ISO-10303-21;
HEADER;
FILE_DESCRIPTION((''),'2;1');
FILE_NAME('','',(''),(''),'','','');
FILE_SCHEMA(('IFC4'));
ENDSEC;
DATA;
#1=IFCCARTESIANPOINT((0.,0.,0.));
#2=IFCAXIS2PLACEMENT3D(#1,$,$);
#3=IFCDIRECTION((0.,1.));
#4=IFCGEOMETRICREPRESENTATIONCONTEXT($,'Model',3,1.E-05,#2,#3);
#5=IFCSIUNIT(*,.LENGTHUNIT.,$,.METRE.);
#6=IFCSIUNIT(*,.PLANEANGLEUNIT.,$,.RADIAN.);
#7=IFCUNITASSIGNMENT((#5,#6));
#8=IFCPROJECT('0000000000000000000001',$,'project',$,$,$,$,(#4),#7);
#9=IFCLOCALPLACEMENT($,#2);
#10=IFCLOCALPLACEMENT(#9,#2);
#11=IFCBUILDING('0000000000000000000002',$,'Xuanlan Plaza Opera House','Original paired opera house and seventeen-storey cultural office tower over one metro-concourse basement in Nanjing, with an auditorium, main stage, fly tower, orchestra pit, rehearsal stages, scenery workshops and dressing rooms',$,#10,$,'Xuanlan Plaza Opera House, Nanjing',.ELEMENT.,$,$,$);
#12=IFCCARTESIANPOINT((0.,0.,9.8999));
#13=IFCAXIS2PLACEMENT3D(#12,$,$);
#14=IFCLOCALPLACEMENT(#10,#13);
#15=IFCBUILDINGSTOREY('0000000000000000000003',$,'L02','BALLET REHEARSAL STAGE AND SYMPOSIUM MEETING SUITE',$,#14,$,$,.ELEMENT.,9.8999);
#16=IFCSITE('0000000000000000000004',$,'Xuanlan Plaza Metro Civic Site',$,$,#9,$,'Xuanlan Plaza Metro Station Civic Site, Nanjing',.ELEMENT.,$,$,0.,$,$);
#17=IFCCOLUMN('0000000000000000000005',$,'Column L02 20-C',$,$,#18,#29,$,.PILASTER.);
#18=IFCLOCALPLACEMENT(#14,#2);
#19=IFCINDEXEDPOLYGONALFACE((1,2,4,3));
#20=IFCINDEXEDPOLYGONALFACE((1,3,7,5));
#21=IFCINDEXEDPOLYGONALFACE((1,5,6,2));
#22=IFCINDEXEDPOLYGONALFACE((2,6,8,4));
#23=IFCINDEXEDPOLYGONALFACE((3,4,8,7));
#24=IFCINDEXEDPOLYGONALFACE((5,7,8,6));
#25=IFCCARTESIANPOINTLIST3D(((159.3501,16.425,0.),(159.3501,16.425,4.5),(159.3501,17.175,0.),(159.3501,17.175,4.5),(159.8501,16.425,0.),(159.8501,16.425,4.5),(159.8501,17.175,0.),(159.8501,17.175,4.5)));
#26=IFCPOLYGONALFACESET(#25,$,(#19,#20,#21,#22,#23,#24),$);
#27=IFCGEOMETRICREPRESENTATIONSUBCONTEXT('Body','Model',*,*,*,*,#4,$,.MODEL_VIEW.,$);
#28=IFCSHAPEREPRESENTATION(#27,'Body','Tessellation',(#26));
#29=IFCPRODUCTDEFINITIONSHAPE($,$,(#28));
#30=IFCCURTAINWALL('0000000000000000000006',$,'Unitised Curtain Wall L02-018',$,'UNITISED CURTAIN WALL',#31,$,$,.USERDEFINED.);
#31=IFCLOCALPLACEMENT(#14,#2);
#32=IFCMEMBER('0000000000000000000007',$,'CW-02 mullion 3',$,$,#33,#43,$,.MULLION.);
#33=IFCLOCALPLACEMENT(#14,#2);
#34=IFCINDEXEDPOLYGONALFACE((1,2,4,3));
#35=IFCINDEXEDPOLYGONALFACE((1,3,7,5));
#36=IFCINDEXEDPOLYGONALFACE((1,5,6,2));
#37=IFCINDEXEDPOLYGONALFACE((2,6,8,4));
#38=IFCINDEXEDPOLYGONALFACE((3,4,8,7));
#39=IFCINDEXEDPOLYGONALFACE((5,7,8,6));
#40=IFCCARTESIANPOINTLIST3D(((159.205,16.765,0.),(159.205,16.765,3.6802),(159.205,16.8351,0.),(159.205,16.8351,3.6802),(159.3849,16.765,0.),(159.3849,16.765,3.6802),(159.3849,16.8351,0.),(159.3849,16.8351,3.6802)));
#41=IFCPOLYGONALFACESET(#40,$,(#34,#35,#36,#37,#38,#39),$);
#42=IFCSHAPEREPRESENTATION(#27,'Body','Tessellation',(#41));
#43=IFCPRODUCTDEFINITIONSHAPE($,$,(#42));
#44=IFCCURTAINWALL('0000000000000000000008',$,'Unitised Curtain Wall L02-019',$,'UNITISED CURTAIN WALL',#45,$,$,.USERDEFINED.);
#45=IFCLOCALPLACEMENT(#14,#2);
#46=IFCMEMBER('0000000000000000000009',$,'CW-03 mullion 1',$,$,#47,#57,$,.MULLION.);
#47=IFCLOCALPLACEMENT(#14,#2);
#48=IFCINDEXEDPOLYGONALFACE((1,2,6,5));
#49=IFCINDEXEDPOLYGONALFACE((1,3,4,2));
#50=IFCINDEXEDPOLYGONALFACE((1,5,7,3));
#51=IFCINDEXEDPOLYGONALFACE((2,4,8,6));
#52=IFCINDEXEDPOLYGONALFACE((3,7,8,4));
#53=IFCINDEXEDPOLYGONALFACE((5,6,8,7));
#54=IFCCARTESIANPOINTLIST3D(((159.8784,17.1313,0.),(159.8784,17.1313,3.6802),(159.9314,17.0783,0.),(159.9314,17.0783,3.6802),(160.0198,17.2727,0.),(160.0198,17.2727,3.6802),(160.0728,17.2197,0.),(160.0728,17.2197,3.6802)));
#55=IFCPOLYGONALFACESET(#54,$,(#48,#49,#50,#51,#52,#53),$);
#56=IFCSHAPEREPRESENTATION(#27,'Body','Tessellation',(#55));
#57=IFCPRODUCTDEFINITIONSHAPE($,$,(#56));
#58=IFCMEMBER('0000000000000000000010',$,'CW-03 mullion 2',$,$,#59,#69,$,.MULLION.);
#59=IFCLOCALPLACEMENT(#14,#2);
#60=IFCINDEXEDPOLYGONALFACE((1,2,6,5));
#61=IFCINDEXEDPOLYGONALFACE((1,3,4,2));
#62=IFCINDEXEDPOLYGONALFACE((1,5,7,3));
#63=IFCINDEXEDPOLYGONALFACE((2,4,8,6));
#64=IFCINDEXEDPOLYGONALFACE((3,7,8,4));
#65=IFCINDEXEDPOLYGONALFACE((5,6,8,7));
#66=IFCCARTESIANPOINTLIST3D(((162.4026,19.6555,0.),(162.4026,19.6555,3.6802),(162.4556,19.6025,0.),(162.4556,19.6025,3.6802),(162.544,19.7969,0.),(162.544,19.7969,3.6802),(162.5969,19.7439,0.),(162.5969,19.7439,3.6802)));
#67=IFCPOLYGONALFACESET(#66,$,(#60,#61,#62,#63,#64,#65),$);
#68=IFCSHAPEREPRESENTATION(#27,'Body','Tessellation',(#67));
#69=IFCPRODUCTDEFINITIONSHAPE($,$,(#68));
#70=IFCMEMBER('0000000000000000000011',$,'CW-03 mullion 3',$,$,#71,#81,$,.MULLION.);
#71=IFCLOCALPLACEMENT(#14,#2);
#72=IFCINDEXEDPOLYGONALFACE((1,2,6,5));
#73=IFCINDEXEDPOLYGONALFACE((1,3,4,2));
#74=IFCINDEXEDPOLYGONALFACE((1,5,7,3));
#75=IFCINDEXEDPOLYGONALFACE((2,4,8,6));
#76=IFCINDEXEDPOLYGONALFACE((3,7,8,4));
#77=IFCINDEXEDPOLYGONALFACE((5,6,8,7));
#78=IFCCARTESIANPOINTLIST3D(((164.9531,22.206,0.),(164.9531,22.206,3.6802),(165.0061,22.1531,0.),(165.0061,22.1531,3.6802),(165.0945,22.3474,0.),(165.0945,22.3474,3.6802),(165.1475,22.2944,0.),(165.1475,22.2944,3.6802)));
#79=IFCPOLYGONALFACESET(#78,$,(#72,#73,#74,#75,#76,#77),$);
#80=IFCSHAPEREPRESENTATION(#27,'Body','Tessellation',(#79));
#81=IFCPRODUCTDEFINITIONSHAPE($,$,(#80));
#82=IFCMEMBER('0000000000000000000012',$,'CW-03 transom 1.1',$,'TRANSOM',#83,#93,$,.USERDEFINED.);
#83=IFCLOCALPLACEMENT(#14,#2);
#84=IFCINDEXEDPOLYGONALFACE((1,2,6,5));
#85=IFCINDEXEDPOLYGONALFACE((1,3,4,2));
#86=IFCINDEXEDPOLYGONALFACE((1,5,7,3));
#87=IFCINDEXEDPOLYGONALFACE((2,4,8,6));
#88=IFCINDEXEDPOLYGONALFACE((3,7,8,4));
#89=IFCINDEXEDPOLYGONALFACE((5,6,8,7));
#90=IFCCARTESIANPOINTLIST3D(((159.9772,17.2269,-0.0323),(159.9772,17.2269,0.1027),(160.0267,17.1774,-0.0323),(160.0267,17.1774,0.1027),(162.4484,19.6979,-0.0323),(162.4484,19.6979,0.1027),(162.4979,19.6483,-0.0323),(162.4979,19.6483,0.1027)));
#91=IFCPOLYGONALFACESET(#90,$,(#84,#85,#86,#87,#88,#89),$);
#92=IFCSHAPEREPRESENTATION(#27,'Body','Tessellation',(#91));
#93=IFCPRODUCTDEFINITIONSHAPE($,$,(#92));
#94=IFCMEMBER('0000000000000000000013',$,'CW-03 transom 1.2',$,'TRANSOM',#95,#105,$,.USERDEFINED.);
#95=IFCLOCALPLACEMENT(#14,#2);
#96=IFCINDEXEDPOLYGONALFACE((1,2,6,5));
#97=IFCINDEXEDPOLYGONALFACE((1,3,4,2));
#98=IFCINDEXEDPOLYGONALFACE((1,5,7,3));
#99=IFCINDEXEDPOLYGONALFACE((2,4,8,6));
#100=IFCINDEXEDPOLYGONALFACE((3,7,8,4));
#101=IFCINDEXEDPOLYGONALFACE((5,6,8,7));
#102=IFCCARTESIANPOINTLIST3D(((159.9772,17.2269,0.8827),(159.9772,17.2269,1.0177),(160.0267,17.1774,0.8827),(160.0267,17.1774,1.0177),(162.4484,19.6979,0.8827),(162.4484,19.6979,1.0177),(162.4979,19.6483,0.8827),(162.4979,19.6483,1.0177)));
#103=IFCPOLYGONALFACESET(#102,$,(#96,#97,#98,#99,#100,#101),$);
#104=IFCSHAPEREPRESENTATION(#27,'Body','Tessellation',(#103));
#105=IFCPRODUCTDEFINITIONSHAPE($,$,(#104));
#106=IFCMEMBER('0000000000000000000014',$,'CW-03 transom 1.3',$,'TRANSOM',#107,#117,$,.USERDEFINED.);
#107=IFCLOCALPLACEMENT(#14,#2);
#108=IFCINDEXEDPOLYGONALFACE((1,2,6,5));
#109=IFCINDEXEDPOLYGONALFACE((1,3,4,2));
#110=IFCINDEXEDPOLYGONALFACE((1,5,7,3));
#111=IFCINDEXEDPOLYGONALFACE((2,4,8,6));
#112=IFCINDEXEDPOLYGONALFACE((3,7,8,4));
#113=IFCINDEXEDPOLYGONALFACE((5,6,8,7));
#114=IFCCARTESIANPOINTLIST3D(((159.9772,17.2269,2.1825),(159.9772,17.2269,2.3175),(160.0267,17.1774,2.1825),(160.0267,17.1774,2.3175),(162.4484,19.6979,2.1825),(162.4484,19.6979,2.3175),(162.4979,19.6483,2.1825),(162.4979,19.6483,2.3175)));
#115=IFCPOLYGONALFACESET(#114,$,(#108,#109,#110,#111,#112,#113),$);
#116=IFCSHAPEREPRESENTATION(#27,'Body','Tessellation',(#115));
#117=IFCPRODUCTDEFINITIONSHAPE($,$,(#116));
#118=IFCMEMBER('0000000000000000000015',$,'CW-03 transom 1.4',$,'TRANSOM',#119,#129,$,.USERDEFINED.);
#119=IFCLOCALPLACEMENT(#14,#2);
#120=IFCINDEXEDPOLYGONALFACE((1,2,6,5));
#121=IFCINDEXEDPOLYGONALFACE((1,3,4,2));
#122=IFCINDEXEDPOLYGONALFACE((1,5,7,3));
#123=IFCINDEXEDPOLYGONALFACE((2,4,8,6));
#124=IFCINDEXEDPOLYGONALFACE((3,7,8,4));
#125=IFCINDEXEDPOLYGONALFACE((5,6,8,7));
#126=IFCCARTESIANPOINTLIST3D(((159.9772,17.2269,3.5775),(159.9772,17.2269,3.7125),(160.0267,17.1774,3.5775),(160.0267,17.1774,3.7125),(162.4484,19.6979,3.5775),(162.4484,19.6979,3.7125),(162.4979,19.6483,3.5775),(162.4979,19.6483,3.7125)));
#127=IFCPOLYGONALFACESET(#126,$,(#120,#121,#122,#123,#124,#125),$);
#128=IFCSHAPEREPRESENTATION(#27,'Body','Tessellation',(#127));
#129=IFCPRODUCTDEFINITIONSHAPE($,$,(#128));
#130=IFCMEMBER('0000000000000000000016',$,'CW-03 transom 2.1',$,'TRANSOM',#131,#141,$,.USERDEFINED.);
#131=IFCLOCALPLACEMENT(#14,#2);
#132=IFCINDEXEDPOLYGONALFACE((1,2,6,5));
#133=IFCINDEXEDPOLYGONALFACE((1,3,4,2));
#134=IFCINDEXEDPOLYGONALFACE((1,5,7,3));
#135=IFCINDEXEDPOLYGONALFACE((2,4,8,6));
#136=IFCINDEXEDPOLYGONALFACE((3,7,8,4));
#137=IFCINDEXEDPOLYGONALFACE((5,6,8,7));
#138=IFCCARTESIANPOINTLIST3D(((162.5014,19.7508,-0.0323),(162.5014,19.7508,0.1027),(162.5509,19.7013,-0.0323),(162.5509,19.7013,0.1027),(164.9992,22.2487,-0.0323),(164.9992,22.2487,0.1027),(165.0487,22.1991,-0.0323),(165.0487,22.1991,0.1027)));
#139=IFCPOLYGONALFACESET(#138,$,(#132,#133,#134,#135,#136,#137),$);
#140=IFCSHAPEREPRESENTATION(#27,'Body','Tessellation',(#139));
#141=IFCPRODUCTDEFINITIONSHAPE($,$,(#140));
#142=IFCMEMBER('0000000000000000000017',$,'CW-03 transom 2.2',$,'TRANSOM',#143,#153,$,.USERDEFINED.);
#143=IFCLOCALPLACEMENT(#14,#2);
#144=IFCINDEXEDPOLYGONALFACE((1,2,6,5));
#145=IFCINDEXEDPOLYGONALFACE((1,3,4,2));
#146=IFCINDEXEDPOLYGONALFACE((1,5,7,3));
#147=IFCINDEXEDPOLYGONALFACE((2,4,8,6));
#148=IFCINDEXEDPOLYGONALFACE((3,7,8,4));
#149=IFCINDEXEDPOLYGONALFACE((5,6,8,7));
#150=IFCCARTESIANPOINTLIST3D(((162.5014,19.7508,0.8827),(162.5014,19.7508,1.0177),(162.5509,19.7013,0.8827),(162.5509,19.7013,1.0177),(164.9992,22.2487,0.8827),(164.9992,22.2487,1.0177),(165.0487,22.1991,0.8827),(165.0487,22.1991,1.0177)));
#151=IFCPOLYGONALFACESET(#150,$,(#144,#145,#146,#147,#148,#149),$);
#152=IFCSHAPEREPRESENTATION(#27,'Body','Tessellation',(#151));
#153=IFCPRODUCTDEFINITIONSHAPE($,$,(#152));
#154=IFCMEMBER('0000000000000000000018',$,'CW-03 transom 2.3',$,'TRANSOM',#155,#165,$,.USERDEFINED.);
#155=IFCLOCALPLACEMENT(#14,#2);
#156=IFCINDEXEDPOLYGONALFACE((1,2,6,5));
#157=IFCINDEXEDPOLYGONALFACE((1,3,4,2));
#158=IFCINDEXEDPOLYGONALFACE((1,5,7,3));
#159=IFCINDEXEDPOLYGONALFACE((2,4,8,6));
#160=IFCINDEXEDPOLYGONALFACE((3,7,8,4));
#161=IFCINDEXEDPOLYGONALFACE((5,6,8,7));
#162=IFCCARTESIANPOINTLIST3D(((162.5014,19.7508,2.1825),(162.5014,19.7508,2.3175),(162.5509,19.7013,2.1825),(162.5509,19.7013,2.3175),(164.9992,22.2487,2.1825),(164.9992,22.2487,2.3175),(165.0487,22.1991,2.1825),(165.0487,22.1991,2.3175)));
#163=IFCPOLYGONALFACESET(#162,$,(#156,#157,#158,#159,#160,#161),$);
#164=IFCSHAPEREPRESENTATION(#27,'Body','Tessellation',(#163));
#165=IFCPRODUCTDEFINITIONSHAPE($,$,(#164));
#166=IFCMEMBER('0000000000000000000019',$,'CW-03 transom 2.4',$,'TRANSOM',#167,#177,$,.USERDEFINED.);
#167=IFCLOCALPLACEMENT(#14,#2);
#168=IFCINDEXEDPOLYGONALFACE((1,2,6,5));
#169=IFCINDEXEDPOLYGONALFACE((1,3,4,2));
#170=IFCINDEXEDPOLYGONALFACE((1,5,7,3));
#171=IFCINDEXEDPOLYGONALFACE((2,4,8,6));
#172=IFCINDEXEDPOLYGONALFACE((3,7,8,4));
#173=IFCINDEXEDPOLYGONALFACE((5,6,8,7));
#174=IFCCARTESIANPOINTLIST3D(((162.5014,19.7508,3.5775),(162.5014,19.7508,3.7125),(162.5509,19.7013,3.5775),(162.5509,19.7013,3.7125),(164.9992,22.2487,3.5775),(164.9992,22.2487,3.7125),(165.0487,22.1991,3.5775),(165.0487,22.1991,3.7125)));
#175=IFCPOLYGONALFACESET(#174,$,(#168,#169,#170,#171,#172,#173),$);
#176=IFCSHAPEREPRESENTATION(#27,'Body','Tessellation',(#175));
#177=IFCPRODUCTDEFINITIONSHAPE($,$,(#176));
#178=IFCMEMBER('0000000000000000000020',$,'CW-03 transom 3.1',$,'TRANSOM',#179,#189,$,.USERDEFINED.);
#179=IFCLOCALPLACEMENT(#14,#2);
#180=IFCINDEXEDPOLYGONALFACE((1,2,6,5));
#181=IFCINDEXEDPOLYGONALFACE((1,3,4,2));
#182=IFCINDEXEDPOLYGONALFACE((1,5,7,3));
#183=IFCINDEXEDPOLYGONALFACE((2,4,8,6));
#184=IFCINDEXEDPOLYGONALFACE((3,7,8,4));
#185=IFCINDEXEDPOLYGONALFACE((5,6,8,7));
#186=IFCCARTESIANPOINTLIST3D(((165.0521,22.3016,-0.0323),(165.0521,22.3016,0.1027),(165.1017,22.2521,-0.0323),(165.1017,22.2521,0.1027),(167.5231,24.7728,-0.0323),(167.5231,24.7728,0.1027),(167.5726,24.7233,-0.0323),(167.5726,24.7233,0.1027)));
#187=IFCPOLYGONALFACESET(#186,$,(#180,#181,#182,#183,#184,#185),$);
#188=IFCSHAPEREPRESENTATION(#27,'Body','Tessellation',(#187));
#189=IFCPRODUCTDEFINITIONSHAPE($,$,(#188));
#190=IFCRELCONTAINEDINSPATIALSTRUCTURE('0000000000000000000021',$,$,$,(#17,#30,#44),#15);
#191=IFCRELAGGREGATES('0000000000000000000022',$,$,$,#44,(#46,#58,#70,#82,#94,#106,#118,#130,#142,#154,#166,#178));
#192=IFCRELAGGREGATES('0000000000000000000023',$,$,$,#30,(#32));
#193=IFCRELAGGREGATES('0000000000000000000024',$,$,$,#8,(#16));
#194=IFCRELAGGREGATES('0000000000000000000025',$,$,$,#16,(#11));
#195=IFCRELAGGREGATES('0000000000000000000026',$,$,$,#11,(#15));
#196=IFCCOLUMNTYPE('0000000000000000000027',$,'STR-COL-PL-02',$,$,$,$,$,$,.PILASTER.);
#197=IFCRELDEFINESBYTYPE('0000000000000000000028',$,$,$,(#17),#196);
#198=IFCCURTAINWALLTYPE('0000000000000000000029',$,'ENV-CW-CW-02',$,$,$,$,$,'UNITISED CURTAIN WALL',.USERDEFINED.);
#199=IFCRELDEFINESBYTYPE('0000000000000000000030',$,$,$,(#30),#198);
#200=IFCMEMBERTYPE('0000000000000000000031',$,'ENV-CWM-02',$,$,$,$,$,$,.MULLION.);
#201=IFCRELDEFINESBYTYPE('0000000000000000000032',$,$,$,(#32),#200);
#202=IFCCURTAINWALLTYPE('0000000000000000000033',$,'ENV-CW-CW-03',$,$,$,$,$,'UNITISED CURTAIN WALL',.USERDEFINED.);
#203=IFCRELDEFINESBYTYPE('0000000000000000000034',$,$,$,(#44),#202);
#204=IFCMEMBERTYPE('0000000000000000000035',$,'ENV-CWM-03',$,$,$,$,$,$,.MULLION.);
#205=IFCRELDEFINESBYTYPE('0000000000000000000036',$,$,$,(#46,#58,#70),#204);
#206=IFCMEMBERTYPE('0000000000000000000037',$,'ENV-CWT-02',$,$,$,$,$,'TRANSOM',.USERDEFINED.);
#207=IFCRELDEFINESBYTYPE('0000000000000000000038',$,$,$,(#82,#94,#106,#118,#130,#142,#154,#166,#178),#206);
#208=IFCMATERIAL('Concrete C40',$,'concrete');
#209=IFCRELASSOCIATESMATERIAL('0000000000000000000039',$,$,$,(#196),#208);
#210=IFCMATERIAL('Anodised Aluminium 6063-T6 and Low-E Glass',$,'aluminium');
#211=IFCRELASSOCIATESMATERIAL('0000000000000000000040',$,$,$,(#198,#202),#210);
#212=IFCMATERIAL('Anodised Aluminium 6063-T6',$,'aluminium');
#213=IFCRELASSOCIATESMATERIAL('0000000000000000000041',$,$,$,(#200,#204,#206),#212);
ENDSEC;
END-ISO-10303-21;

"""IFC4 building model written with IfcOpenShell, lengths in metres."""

from ifc_helpers import new_model, si_unit, direction, frame, origin, origin_2d, place, context, subcontext, project, spatial, rectangle, extrude, material, material_profile, profile_set, type_object, element, aggregate, save


model = new_model("IFC4")

# Units and contexts
model_context = context("Model", 3, precision=1e-05, world=origin(), true_north=direction((0.0, 1.0)))
body_context = subcontext(model_context, "Body", "Model", "MODEL_VIEW")
ifc_project = project(units=[si_unit("LENGTHUNIT", "METRE"), si_unit("PLANEANGLEUNIT", "RADIAN")], contexts=[model_context])

# Site, building, storey
site_placement = place(None, origin())
site = spatial("IfcSite", under=ifc_project, at=site_placement, Name="Xuanlan Plaza Metro Civic Site", LongName="Xuanlan Plaza Metro Station Civic Site, Nanjing", CompositionType="ELEMENT", RefElevation=0.0)
building_placement = place(site_placement, origin())
building = spatial("IfcBuilding", under=site, at=building_placement, Name="Xuanlan Plaza Opera House", Description="Original paired opera house and seventeen-storey cultural office tower over one metro-concourse basement in Nanjing, with an auditorium, main stage, fly tower, orchestra pit, rehearsal stages, scenery workshops and dressing rooms", LongName="Xuanlan Plaza Opera House, Nanjing", CompositionType="ELEMENT")
storey_placement = place(building_placement, frame((0.0, 0.0, 9.8999)))
storey = spatial("IfcBuildingStorey", under=building, at=storey_placement, Name="L02", Description="BALLET REHEARSAL STAGE AND SYMPOSIUM MEETING SUITE", CompositionType="ELEMENT", Elevation=9.8999)

# Column
ifc_material_1 = material(Name="Concrete C40", Category="concrete")
ifc_material_profile_1 = material_profile(ifc_material_1, rectangle(XDim=0.5, YDim=0.75, at=origin_2d()), Name="RC-PIL 500x750")
ifc_profile_set_1 = profile_set([ifc_material_profile_1], Name="Concrete C40")
column_type = type_object("IfcColumnType", Name="STR-COL-PL-02", PredefinedType="PILASTER", material=ifc_profile_set_1)
column_placement = place(storey_placement, frame((159.6001, 16.8, 0.0), z_axis=(0.0, 0.0, 1.0), x_axis=(1.0, 0.0, 0.0)))
element("IfcColumn", 1, at=column_placement, inside=storey, type_object=column_type, Name="Column L02 20-C", PredefinedType="PILASTER", context=body_context, shape_type="SweptSolid", body=[
    extrude(rectangle(XDim=0.5, YDim=0.75, at=origin_2d()), origin(), (0.0, 0.0, 1.0), 4.5),
])

# Curtain wall, member
ifc_material_2 = material(Name="Anodised Aluminium 6063-T6 and Low-E Glass", Category="aluminium")
curtain_wall_type_1 = type_object("IfcCurtainWallType", Name="ENV-CW-CW-02", ElementType="UNITISED CURTAIN WALL", PredefinedType="USERDEFINED", material=ifc_material_2)
curtain_wall_1_placement = place(storey_placement, origin())
curtain_wall_1 = element("IfcCurtainWall", 2, at=curtain_wall_1_placement, inside=storey, type_object=curtain_wall_type_1, Name="Unitised Curtain Wall L02-018", ObjectType="UNITISED CURTAIN WALL", PredefinedType="USERDEFINED")
ifc_material_3 = material(Name="Anodised Aluminium 6063-T6", Category="aluminium")
ifc_material_profile_2 = material_profile(ifc_material_3, rectangle(XDim=0.0701, YDim=0.1799, at=origin_2d()), Name="ALU-M 70x180")
ifc_profile_set_2 = profile_set([ifc_material_profile_2], Name="Anodised Aluminium 6063-T6")
member_type_1 = type_object("IfcMemberType", Name="ENV-CWM-02", PredefinedType="MULLION", material=ifc_profile_set_2)
member_1_placement = place(storey_placement, frame((159.2949, 16.8, 0.0), z_axis=(0.0, 0.0, 1.0), x_axis=(0.0, 1.0, 0.0)))
member_1 = element("IfcMember", 3, at=member_1_placement, type_object=member_type_1, Name="CW-02 mullion 3", PredefinedType="MULLION", context=body_context, shape_type="SweptSolid", body=[
    extrude(rectangle(XDim=0.0701, YDim=0.1799, at=origin_2d()), origin(), (0.0, 0.0, 1.0), 3.6802),
])

# Curtain wall, members
curtain_wall_type_2 = type_object("IfcCurtainWallType", Name="ENV-CW-CW-03", ElementType="UNITISED CURTAIN WALL", PredefinedType="USERDEFINED", material=ifc_material_2)
curtain_wall_2_placement = place(storey_placement, origin())
curtain_wall_2 = element("IfcCurtainWall", 4, at=curtain_wall_2_placement, inside=storey, type_object=curtain_wall_type_2, Name="Unitised Curtain Wall L02-019", ObjectType="UNITISED CURTAIN WALL", PredefinedType="USERDEFINED")
ifc_material_profile_3 = material_profile(ifc_material_3, rectangle(XDim=0.075, YDim=0.2, at=origin_2d()), Name="ALU-M 75x200")
ifc_profile_set_3 = profile_set([ifc_material_profile_3], Name="Anodised Aluminium 6063-T6")
member_type_2 = type_object("IfcMemberType", Name="ENV-CWM-03", PredefinedType="MULLION", material=ifc_profile_set_3)
member_2_placement = place(storey_placement, frame((159.9756, 17.1755, 0.0), z_axis=(0.0, 0.0, 1.0), x_axis=(-0.707107, 0.707107, 0.0)))
member_2 = element("IfcMember", 5, at=member_2_placement, type_object=member_type_2, Name="CW-03 mullion 1", PredefinedType="MULLION", context=body_context, shape_type="SweptSolid", body=[
    extrude(rectangle(XDim=0.075, YDim=0.2, at=origin_2d()), origin(), (0.0, 0.0, 1.0), 3.6802),
])
member_3_placement = place(storey_placement, frame((162.4998, 19.6997, 0.0), z_axis=(0.0, 0.0, 1.0), x_axis=(-0.707107, 0.707107, 0.0)))
member_3 = element("IfcMember", 6, at=member_3_placement, type_object=member_type_2, Name="CW-03 mullion 2", PredefinedType="MULLION", context=body_context, shape_type="SweptSolid", body=[
    extrude(rectangle(XDim=0.075, YDim=0.2, at=origin_2d()), origin(), (0.0, 0.0, 1.0), 3.6802),
])
member_4_placement = place(storey_placement, frame((165.0503, 22.2502, 0.0), z_axis=(0.0, 0.0, 1.0), x_axis=(-0.707107, 0.707107, 0.0)))
member_4 = element("IfcMember", 7, at=member_4_placement, type_object=member_type_2, Name="CW-03 mullion 3", PredefinedType="MULLION", context=body_context, shape_type="SweptSolid", body=[
    extrude(rectangle(XDim=0.075, YDim=0.2, at=origin_2d()), origin(), (0.0, 0.0, 1.0), 3.6802),
])
ifc_material_profile_4 = material_profile(ifc_material_3, rectangle(XDim=0.0701, YDim=0.135, at=origin_2d()), Name="ALU-T 70x135")
ifc_profile_set_4 = profile_set([ifc_material_profile_4], Name="Anodised Aluminium 6063-T6")
member_type_3 = type_object("IfcMemberType", Name="ENV-CWT-02", ElementType="TRANSOM", PredefinedType="USERDEFINED", material=ifc_profile_set_4)
member_5_placement = place(storey_placement, frame((160.002, 17.2021, 0.0352), z_axis=(0.707142, 0.707072, 0.0), x_axis=(-0.707072, 0.707142, 0.0)))
member_5 = element("IfcMember", 8, at=member_5_placement, type_object=member_type_3, Name="CW-03 transom 1.1", ObjectType="TRANSOM", PredefinedType="USERDEFINED", context=body_context, shape_type="SweptSolid", body=[
    extrude(rectangle(XDim=0.0701, YDim=0.135, at=origin_2d()), origin(), (0.0, 0.0, 1.0), 3.4946),
])
member_6_placement = place(storey_placement, frame((160.002, 17.2021, 0.9502), z_axis=(0.707142, 0.707072, 0.0), x_axis=(-0.707072, 0.707142, 0.0)))
member_6 = element("IfcMember", 9, at=member_6_placement, type_object=member_type_3, Name="CW-03 transom 1.2", ObjectType="TRANSOM", PredefinedType="USERDEFINED", context=body_context, shape_type="SweptSolid", body=[
    extrude(rectangle(XDim=0.0701, YDim=0.135, at=origin_2d()), origin(), (0.0, 0.0, 1.0), 3.4946),
])
member_7_placement = place(storey_placement, frame((160.002, 17.2021, 2.25), z_axis=(0.707142, 0.707072, 0.0), x_axis=(-0.707072, 0.707142, 0.0)))
member_7 = element("IfcMember", 10, at=member_7_placement, type_object=member_type_3, Name="CW-03 transom 1.3", ObjectType="TRANSOM", PredefinedType="USERDEFINED", context=body_context, shape_type="SweptSolid", body=[
    extrude(rectangle(XDim=0.0701, YDim=0.135, at=origin_2d()), origin(), (0.0, 0.0, 1.0), 3.4946),
])
member_8_placement = place(storey_placement, frame((160.002, 17.2021, 3.645), z_axis=(0.707142, 0.707072, 0.0), x_axis=(-0.707072, 0.707142, 0.0)))
member_8 = element("IfcMember", 11, at=member_8_placement, type_object=member_type_3, Name="CW-03 transom 1.4", ObjectType="TRANSOM", PredefinedType="USERDEFINED", context=body_context, shape_type="SweptSolid", body=[
    extrude(rectangle(XDim=0.0701, YDim=0.135, at=origin_2d()), origin(), (0.0, 0.0, 1.0), 3.4946),
])
member_9_placement = place(storey_placement, frame((162.5261, 19.7261, 0.0352), z_axis=(0.707107, 0.707107, 0.0), x_axis=(-0.707107, 0.707107, 0.0)))
member_9 = element("IfcMember", 12, at=member_9_placement, type_object=member_type_3, Name="CW-03 transom 2.1", ObjectType="TRANSOM", PredefinedType="USERDEFINED", context=body_context, shape_type="SweptSolid", body=[
    extrude(rectangle(XDim=0.0701, YDim=0.135, at=origin_2d()), origin(), (0.0, 0.0, 1.0), 3.5325),
])
member_10_placement = place(storey_placement, frame((162.5261, 19.7261, 0.9502), z_axis=(0.707107, 0.707107, 0.0), x_axis=(-0.707107, 0.707107, 0.0)))
member_10 = element("IfcMember", 13, at=member_10_placement, type_object=member_type_3, Name="CW-03 transom 2.2", ObjectType="TRANSOM", PredefinedType="USERDEFINED", context=body_context, shape_type="SweptSolid", body=[
    extrude(rectangle(XDim=0.0701, YDim=0.135, at=origin_2d()), origin(), (0.0, 0.0, 1.0), 3.5325),
])
member_11_placement = place(storey_placement, frame((162.5261, 19.7261, 2.25), z_axis=(0.707107, 0.707107, 0.0), x_axis=(-0.707107, 0.707107, 0.0)))
member_11 = element("IfcMember", 14, at=member_11_placement, type_object=member_type_3, Name="CW-03 transom 2.3", ObjectType="TRANSOM", PredefinedType="USERDEFINED", context=body_context, shape_type="SweptSolid", body=[
    extrude(rectangle(XDim=0.0701, YDim=0.135, at=origin_2d()), origin(), (0.0, 0.0, 1.0), 3.5325),
])
member_12_placement = place(storey_placement, frame((162.5261, 19.7261, 3.645), z_axis=(0.707107, 0.707107, 0.0), x_axis=(-0.707107, 0.707107, 0.0)))
member_12 = element("IfcMember", 15, at=member_12_placement, type_object=member_type_3, Name="CW-03 transom 2.4", ObjectType="TRANSOM", PredefinedType="USERDEFINED", context=body_context, shape_type="SweptSolid", body=[
    extrude(rectangle(XDim=0.0701, YDim=0.135, at=origin_2d()), origin(), (0.0, 0.0, 1.0), 3.5325),
])
member_13_placement = place(storey_placement, frame((165.0769, 22.2769, 0.0352), z_axis=(0.707072, 0.707142, 0.0), x_axis=(-0.707142, 0.707072, 0.0)))
member_13 = element("IfcMember", 16, at=member_13_placement, type_object=member_type_3, Name="CW-03 transom 3.1", ObjectType="TRANSOM", PredefinedType="USERDEFINED", context=body_context, shape_type="SweptSolid", body=[
    extrude(rectangle(XDim=0.0701, YDim=0.135, at=origin_2d()), origin(), (0.0, 0.0, 1.0), 3.4946),
])

aggregate(curtain_wall_2, [member_2, member_3, member_4, member_5, member_6, member_7, member_8, member_9, member_10, member_11, member_12, member_13])
aggregate(curtain_wall_1, [member_1])

save(model, "model.ifc")
